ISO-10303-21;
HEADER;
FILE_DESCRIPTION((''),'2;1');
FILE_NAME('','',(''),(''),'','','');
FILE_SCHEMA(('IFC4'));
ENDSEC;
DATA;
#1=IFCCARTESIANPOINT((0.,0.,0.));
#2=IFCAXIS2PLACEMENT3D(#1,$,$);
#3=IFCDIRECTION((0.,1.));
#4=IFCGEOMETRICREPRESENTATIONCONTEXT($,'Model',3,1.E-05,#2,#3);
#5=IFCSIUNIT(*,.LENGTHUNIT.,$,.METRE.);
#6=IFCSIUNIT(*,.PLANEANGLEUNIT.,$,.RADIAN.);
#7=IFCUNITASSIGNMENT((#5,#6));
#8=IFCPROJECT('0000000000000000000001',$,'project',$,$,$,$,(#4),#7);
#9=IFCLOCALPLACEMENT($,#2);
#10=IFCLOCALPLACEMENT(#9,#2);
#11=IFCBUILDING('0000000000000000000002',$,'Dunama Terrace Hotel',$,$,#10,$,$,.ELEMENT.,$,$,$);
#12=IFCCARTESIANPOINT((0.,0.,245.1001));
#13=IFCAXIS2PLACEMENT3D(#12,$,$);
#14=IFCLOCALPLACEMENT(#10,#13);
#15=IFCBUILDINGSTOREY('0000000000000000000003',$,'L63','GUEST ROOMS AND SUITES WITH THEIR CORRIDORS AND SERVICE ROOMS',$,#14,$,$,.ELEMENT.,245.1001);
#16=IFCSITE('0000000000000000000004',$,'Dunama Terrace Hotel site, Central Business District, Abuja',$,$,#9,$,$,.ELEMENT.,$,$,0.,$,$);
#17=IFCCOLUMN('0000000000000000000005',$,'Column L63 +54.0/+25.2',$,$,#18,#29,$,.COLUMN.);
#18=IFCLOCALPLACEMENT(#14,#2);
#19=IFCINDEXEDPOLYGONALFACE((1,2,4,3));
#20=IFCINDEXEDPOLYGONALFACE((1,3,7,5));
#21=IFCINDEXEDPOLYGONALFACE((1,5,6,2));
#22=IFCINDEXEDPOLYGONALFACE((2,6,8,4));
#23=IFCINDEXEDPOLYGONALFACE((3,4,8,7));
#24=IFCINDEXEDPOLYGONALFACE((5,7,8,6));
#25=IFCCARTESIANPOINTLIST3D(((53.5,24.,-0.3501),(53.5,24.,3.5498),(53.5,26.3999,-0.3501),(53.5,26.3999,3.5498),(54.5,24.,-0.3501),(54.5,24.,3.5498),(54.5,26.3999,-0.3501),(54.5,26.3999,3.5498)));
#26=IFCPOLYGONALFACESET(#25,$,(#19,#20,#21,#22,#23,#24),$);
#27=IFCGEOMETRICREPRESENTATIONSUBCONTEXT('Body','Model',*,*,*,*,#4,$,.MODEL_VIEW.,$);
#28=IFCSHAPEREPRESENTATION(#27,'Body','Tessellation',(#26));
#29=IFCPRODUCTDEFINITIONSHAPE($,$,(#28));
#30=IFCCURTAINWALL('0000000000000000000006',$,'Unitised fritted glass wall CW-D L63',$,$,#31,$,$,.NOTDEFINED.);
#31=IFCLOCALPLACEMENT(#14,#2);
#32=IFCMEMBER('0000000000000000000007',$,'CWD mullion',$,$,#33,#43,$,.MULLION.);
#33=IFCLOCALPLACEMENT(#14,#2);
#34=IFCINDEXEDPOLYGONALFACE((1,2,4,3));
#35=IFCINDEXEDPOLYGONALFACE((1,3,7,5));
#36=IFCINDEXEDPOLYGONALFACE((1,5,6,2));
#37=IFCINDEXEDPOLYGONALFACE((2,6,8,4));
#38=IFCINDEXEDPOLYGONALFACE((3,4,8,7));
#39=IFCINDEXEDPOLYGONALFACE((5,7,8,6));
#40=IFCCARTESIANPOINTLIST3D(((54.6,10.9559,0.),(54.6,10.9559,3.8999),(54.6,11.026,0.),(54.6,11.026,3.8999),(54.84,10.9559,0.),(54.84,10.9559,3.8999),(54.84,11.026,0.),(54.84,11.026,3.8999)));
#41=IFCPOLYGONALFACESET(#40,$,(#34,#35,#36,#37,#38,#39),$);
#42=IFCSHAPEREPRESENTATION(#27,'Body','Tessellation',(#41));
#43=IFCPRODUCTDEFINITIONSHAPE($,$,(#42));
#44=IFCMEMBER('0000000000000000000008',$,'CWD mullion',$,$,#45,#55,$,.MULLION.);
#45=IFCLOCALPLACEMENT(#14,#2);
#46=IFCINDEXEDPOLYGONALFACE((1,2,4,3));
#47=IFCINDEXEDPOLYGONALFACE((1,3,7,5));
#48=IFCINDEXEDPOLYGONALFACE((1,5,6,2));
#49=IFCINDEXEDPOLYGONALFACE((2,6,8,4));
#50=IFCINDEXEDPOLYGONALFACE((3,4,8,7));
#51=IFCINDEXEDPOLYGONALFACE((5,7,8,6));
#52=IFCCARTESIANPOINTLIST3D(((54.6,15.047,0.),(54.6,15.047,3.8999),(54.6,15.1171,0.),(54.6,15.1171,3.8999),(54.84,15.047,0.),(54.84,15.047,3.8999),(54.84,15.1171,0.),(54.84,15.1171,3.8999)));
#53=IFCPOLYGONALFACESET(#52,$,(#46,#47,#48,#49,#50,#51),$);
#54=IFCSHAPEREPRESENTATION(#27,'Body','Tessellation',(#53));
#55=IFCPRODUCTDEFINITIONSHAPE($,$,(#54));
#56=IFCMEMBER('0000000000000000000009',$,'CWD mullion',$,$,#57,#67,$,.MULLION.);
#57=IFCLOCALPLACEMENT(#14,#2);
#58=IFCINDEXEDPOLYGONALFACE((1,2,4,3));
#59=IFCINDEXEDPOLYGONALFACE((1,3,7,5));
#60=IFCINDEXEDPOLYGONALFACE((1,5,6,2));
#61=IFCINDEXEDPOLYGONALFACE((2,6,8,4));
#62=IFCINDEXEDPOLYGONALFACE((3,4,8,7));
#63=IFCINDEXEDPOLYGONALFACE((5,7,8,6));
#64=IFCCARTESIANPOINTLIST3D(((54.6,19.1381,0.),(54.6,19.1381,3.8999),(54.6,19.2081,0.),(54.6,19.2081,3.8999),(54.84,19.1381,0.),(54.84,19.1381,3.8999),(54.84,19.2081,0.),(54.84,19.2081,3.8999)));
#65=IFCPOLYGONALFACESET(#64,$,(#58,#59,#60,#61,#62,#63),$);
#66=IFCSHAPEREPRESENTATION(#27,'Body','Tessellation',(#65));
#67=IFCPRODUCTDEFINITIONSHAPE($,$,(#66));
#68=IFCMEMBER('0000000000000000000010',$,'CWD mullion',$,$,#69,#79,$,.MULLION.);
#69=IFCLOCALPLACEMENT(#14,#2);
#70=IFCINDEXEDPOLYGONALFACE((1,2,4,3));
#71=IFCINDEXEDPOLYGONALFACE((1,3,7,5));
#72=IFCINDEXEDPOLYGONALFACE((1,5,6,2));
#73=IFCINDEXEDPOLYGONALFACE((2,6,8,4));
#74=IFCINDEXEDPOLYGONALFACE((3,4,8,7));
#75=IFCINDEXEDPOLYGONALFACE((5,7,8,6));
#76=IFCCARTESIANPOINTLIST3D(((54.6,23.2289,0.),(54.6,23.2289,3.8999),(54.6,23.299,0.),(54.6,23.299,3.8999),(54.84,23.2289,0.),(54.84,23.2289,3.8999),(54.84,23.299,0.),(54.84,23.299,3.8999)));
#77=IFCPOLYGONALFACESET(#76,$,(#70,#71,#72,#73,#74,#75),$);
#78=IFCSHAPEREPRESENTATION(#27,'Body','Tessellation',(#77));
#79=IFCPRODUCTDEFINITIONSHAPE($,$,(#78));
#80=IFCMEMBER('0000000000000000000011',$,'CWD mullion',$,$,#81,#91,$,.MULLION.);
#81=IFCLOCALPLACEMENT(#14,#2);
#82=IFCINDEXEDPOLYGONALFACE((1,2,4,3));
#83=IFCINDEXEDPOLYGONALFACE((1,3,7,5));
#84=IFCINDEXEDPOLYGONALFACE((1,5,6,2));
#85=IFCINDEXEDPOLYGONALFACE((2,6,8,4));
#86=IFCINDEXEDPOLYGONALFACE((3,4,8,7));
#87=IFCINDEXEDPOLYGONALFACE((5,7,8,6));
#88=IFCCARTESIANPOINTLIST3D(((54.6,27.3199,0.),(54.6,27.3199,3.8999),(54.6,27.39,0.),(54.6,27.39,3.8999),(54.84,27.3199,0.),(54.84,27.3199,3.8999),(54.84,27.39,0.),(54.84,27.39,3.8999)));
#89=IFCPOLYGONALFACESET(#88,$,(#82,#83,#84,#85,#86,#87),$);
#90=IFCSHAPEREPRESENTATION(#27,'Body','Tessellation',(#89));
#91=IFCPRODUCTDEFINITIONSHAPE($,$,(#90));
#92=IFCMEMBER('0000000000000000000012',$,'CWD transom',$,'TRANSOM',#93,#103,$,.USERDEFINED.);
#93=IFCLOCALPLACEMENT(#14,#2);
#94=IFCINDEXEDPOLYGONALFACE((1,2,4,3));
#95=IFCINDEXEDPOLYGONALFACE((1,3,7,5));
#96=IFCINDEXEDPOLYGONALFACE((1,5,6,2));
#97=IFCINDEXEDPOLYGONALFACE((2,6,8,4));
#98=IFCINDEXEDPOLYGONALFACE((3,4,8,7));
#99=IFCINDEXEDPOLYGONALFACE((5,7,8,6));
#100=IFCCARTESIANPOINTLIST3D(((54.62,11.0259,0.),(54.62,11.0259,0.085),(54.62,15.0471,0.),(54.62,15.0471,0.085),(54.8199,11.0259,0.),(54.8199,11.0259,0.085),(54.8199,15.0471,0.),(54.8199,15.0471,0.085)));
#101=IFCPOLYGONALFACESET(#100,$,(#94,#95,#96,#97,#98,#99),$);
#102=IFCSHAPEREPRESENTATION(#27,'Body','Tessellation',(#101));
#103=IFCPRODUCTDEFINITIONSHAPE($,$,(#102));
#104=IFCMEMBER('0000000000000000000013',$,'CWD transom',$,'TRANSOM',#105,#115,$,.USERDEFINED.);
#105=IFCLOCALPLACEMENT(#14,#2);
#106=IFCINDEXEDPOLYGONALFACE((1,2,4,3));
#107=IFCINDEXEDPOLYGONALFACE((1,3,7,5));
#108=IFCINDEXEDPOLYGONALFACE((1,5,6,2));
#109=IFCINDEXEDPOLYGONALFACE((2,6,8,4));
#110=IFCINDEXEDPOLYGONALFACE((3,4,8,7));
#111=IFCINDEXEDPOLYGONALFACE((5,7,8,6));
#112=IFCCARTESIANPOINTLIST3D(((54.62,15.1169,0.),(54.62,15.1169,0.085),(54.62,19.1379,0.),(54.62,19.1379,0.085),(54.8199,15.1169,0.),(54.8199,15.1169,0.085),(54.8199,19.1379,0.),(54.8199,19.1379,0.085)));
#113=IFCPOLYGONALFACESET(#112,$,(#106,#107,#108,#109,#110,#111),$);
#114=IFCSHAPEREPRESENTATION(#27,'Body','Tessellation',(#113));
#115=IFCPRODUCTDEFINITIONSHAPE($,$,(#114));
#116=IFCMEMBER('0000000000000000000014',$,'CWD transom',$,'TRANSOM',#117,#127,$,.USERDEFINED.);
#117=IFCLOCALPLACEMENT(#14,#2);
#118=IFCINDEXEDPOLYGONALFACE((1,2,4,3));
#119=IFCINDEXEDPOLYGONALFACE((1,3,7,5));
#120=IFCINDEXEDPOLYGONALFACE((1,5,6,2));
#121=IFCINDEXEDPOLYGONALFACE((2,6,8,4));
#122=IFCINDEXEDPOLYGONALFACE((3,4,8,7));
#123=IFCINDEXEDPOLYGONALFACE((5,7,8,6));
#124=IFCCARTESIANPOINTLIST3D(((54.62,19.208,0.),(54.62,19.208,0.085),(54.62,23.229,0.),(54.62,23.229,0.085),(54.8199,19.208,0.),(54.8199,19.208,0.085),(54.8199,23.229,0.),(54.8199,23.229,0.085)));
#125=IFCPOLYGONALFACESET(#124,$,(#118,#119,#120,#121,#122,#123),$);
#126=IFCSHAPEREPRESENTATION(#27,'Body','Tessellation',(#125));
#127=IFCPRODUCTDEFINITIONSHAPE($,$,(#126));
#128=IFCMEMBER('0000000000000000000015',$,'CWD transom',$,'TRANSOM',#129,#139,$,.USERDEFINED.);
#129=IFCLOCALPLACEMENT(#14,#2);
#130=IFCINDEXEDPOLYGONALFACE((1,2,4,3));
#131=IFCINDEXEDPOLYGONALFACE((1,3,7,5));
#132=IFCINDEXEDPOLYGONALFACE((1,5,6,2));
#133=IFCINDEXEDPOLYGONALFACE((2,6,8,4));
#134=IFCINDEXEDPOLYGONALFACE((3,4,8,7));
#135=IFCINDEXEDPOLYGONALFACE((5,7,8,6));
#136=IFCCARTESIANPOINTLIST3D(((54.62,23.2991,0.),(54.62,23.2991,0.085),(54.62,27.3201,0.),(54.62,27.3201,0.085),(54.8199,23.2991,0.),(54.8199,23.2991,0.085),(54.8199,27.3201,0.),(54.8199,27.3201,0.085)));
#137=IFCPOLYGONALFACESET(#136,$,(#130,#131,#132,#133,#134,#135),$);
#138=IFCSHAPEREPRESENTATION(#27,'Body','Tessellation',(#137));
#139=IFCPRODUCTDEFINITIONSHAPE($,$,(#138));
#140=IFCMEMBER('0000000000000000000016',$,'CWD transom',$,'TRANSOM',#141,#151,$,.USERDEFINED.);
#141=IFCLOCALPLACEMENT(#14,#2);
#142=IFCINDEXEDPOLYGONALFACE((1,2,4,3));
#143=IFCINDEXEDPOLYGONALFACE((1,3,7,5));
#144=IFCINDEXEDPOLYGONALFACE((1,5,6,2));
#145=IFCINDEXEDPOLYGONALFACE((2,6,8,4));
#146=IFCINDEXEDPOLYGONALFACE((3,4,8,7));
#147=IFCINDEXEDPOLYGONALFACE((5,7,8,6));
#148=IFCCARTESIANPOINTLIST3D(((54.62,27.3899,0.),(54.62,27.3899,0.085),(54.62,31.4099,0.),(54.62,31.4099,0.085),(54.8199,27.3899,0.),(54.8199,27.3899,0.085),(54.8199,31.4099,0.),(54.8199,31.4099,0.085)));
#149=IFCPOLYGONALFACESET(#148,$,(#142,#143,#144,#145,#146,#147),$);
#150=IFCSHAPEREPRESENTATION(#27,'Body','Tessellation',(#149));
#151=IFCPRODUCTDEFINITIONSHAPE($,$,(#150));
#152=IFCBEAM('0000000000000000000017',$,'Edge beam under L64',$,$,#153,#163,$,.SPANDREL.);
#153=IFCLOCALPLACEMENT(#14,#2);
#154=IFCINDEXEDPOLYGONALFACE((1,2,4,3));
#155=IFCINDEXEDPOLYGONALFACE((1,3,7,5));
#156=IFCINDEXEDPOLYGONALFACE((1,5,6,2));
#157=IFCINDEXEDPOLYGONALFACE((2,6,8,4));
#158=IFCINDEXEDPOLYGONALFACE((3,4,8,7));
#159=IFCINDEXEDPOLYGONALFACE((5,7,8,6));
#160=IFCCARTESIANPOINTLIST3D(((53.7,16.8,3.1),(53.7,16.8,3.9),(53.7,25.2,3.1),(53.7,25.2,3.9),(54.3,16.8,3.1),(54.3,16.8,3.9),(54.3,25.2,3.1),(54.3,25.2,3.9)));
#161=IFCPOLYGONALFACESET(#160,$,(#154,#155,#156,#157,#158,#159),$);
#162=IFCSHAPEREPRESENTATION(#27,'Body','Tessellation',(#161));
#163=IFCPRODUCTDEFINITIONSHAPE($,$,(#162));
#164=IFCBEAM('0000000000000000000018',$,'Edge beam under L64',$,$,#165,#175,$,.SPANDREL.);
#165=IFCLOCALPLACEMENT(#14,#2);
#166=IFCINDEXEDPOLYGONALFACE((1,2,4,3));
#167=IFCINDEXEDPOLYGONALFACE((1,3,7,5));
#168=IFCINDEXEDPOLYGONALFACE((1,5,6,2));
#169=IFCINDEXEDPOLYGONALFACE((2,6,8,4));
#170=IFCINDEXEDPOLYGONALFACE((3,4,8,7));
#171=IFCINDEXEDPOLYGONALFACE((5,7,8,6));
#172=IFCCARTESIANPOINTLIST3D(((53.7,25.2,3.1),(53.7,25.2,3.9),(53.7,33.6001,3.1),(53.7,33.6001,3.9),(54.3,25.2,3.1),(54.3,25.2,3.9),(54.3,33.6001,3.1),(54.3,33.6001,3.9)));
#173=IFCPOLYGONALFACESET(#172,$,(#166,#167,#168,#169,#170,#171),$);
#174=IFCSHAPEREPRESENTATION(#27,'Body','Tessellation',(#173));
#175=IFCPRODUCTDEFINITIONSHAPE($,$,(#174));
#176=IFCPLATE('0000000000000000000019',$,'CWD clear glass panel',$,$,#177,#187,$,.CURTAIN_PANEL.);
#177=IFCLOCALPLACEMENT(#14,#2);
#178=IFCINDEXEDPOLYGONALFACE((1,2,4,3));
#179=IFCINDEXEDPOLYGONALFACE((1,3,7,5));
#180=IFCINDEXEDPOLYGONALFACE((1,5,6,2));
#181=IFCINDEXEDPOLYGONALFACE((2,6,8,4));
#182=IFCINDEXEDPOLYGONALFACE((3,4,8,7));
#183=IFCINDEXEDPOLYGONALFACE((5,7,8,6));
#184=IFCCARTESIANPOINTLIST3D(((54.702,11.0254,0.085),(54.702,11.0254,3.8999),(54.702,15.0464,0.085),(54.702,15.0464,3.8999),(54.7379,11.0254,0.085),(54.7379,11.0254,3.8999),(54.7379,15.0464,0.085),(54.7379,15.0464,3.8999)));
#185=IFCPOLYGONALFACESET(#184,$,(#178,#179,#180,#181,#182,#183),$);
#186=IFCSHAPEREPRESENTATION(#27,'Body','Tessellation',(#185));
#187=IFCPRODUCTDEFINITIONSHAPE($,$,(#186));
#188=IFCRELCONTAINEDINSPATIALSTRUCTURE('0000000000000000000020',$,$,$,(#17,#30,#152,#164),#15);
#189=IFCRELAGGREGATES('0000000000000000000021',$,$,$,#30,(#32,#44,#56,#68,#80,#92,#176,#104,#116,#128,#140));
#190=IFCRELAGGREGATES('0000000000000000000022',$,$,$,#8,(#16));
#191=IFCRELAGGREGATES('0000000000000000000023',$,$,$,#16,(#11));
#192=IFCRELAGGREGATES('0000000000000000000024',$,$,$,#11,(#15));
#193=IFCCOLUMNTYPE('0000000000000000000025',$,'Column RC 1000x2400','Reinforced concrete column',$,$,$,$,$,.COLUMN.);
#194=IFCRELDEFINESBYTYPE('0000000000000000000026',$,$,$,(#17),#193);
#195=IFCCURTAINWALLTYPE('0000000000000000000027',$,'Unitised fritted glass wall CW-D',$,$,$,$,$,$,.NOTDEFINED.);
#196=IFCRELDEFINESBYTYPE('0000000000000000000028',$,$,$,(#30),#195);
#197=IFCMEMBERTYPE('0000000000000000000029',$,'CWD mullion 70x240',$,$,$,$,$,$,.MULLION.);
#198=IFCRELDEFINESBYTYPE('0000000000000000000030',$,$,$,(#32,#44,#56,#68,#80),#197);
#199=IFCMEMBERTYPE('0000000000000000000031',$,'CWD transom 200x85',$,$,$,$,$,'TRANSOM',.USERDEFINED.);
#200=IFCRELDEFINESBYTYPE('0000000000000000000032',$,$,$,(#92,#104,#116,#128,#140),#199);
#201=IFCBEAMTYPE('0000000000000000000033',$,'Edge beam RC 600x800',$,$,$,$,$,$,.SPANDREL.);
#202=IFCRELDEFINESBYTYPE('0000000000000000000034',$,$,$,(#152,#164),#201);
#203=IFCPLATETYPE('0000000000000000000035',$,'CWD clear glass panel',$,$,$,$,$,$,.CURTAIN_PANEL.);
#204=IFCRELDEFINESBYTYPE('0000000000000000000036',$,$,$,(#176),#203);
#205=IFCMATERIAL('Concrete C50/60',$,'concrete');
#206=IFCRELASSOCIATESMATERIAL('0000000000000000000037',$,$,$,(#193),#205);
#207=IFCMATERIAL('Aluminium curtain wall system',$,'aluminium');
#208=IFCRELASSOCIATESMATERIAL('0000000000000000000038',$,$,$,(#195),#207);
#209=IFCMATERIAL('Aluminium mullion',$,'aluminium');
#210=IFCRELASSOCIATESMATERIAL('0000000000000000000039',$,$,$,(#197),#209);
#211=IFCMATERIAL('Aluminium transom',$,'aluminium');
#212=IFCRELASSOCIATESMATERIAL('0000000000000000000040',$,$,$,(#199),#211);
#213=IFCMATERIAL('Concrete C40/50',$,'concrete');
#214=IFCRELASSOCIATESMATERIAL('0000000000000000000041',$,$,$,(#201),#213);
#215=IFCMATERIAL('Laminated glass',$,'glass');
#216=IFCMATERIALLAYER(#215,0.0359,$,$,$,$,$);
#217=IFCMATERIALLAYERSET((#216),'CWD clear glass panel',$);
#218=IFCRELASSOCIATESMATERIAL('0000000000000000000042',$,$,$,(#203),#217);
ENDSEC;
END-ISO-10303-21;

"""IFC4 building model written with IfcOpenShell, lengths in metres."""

from ifc_helpers import new_model, si_unit, direction, frame, origin, origin_2d, place, context, subcontext, project, spatial, rectangle, extrude, material, layer, layer_set, material_profile, profile_set, type_object, element, aggregate, save


model = new_model("IFC4")

# Units and contexts
model_context = context("Model", 3, precision=1e-05, world=origin(), true_north=direction((0.0, 1.0)))
body_context = subcontext(model_context, "Body", "Model", "MODEL_VIEW")
ifc_project = project(units=[si_unit("LENGTHUNIT", "METRE"), si_unit("PLANEANGLEUNIT", "RADIAN")], contexts=[model_context])

# Site, building, storey
site_placement = place(None, origin())
site = spatial("IfcSite", under=ifc_project, at=site_placement, Name="Dunama Terrace Hotel site, Central Business District, Abuja", CompositionType="ELEMENT", RefElevation=0.0)
building_placement = place(site_placement, origin())
building = spatial("IfcBuilding", under=site, at=building_placement, Name="Dunama Terrace Hotel", CompositionType="ELEMENT")
storey_placement = place(building_placement, frame((0.0, 0.0, 245.1001)))
storey = spatial("IfcBuildingStorey", under=building, at=storey_placement, Name="L63", Description="GUEST ROOMS AND SUITES WITH THEIR CORRIDORS AND SERVICE ROOMS", CompositionType="ELEMENT", Elevation=245.1001)

# Column
ifc_material_1 = material(Name="Concrete C50/60", Category="concrete")
ifc_material_profile_1 = material_profile(ifc_material_1, rectangle(XDim=1.0, YDim=2.3999, at=origin_2d()), Name="RC 1000x2400")
ifc_profile_set_1 = profile_set([ifc_material_profile_1], Name="Concrete C50/60")
column_type = type_object("IfcColumnType", Name="Column RC 1000x2400", Description="Reinforced concrete column", PredefinedType="COLUMN", material=ifc_profile_set_1)
column_placement = place(storey_placement, frame((54.0, 25.2, -0.3501), z_axis=(0.0, 0.0, 1.0), x_axis=(1.0, 0.0, 0.0)))
element("IfcColumn", 1, at=column_placement, inside=storey, type_object=column_type, Name="Column L63 +54.0/+25.2", PredefinedType="COLUMN", context=body_context, shape_type="SweptSolid", body=[
    extrude(rectangle(XDim=1.0, YDim=2.3999, at=origin_2d()), origin(), (0.0, 0.0, 1.0), 3.8999),
])

# Curtain wall, members
ifc_material_2 = material(Name="Aluminium curtain wall system", Category="aluminium")
curtain_wall_type = type_object("IfcCurtainWallType", Name="Unitised fritted glass wall CW-D", PredefinedType="NOTDEFINED", material=ifc_material_2)
curtain_wall_placement = place(storey_placement, origin())
curtain_wall = element("IfcCurtainWall", 2, at=curtain_wall_placement, inside=storey, type_object=curtain_wall_type, Name="Unitised fritted glass wall CW-D L63", PredefinedType="NOTDEFINED")
ifc_material_3 = material(Name="Aluminium mullion", Category="aluminium")
ifc_material_profile_2 = material_profile(ifc_material_3, rectangle(XDim=0.0701, YDim=0.24, at=origin_2d()), Name="CWD MULLION 70X240")
ifc_profile_set_2 = profile_set([ifc_material_profile_2], Name="Aluminium mullion")
member_type_1 = type_object("IfcMemberType", Name="CWD mullion 70x240", PredefinedType="MULLION", material=ifc_profile_set_2)
member_1_placement = place(storey_placement, frame((54.72, 10.991, 0.0), z_axis=(0.0, 0.0, 1.0), x_axis=(0.0, 1.0, 0.0)))
member_1 = element("IfcMember", 3, at=member_1_placement, type_object=member_type_1, Name="CWD mullion", PredefinedType="MULLION", context=body_context, shape_type="SweptSolid", body=[
    extrude(rectangle(XDim=0.0701, YDim=0.24, at=origin_2d()), origin(), (0.0, 0.0, 1.0), 3.8999),
])
member_2_placement = place(storey_placement, frame((54.72, 15.082, 0.0), z_axis=(0.0, 0.0, 1.0), x_axis=(0.0, 1.0, 0.0)))
member_2 = element("IfcMember", 4, at=member_2_placement, type_object=member_type_1, Name="CWD mullion", PredefinedType="MULLION", context=body_context, shape_type="SweptSolid", body=[
    extrude(rectangle(XDim=0.0701, YDim=0.24, at=origin_2d()), origin(), (0.0, 0.0, 1.0), 3.8999),
])
member_3_placement = place(storey_placement, frame((54.72, 19.1731, 0.0), z_axis=(0.0, 0.0, 1.0), x_axis=(0.0, 1.0, 0.0)))
member_3 = element("IfcMember", 5, at=member_3_placement, type_object=member_type_1, Name="CWD mullion", PredefinedType="MULLION", context=body_context, shape_type="SweptSolid", body=[
    extrude(rectangle(XDim=0.0701, YDim=0.24, at=origin_2d()), origin(), (0.0, 0.0, 1.0), 3.8999),
])
member_4_placement = place(storey_placement, frame((54.72, 23.2639, 0.0), z_axis=(0.0, 0.0, 1.0), x_axis=(0.0, 1.0, 0.0)))
member_4 = element("IfcMember", 6, at=member_4_placement, type_object=member_type_1, Name="CWD mullion", PredefinedType="MULLION", context=body_context, shape_type="SweptSolid", body=[
    extrude(rectangle(XDim=0.0701, YDim=0.24, at=origin_2d()), origin(), (0.0, 0.0, 1.0), 3.8999),
])
member_5_placement = place(storey_placement, frame((54.72, 27.355, 0.0), z_axis=(0.0, 0.0, 1.0), x_axis=(0.0, 1.0, 0.0)))
member_5 = element("IfcMember", 7, at=member_5_placement, type_object=member_type_1, Name="CWD mullion", PredefinedType="MULLION", context=body_context, shape_type="SweptSolid", body=[
    extrude(rectangle(XDim=0.0701, YDim=0.24, at=origin_2d()), origin(), (0.0, 0.0, 1.0), 3.8999),
])
ifc_material_4 = material(Name="Aluminium transom", Category="aluminium")
ifc_material_profile_3 = material_profile(ifc_material_4, rectangle(XDim=0.2, YDim=0.085, at=origin_2d()), Name="CWD TRANSOM 200X85")
ifc_profile_set_3 = profile_set([ifc_material_profile_3], Name="Aluminium transom")
member_type_2 = type_object("IfcMemberType", Name="CWD transom 200x85", ElementType="TRANSOM", PredefinedType="USERDEFINED", material=ifc_profile_set_3)
member_6_placement = place(storey_placement, frame((54.72, 11.0259, 0.0425), z_axis=(0.0, 1.0, 0.0), x_axis=(-1.0, 0.0, 0.0)))
member_6 = element("IfcMember", 8, at=member_6_placement, type_object=member_type_2, Name="CWD transom", ObjectType="TRANSOM", PredefinedType="USERDEFINED", context=body_context, shape_type="SweptSolid", body=[
    extrude(rectangle(XDim=0.2, YDim=0.085, at=origin_2d()), origin(), (0.0, 0.0, 1.0), 4.0212),
])
member_7_placement = place(storey_placement, frame((54.72, 15.1169, 0.0425), z_axis=(0.0, 1.0, 0.0), x_axis=(-1.0, 0.0, 0.0)))
member_7 = element("IfcMember", 9, at=member_7_placement, type_object=member_type_2, Name="CWD transom", ObjectType="TRANSOM", PredefinedType="USERDEFINED", context=body_context, shape_type="SweptSolid", body=[
    extrude(rectangle(XDim=0.2, YDim=0.085, at=origin_2d()), origin(), (0.0, 0.0, 1.0), 4.021),
])
member_8_placement = place(storey_placement, frame((54.72, 19.208, 0.0425), z_axis=(0.0, 1.0, 0.0), x_axis=(-1.0, 0.0, 0.0)))
member_8 = element("IfcMember", 10, at=member_8_placement, type_object=member_type_2, Name="CWD transom", ObjectType="TRANSOM", PredefinedType="USERDEFINED", context=body_context, shape_type="SweptSolid", body=[
    extrude(rectangle(XDim=0.2, YDim=0.085, at=origin_2d()), origin(), (0.0, 0.0, 1.0), 4.021),
])
member_9_placement = place(storey_placement, frame((54.72, 23.2991, 0.0425), z_axis=(0.0, 1.0, 0.0), x_axis=(-1.0, 0.0, 0.0)))
member_9 = element("IfcMember", 11, at=member_9_placement, type_object=member_type_2, Name="CWD transom", ObjectType="TRANSOM", PredefinedType="USERDEFINED", context=body_context, shape_type="SweptSolid", body=[
    extrude(rectangle(XDim=0.2, YDim=0.085, at=origin_2d()), origin(), (0.0, 0.0, 1.0), 4.021),
])
member_10_placement = place(storey_placement, frame((54.72, 27.3899, 0.0425), z_axis=(0.0, 1.0, 0.0), x_axis=(-1.0, 0.0, 0.0)))
member_10 = element("IfcMember", 12, at=member_10_placement, type_object=member_type_2, Name="CWD transom", ObjectType="TRANSOM", PredefinedType="USERDEFINED", context=body_context, shape_type="SweptSolid", body=[
    extrude(rectangle(XDim=0.2, YDim=0.085, at=origin_2d()), origin(), (0.0, 0.0, 1.0), 4.02),
])

# Beams
ifc_material_5 = material(Name="Concrete C40/50", Category="concrete")
ifc_material_profile_4 = material_profile(ifc_material_5, rectangle(XDim=0.6001, YDim=0.8, at=origin_2d()), Name="RC 600x800")
ifc_profile_set_4 = profile_set([ifc_material_profile_4], Name="Concrete C40/50")
beam_type = type_object("IfcBeamType", Name="Edge beam RC 600x800", PredefinedType="SPANDREL", material=ifc_profile_set_4)
beam_1_placement = place(storey_placement, frame((54.0, 16.8, 3.5), z_axis=(0.0, 1.0, 0.0), x_axis=(-1.0, 0.0, 0.0)))
element("IfcBeam", 13, at=beam_1_placement, inside=storey, type_object=beam_type, Name="Edge beam under L64", PredefinedType="SPANDREL", context=body_context, shape_type="SweptSolid", body=[
    extrude(rectangle(XDim=0.6001, YDim=0.8, at=origin_2d()), origin(), (0.0, 0.0, 1.0), 8.3999),
])
beam_2_placement = place(storey_placement, frame((54.0, 25.2, 3.5), z_axis=(0.0, 1.0, 0.0), x_axis=(-1.0, 0.0, 0.0)))
element("IfcBeam", 14, at=beam_2_placement, inside=storey, type_object=beam_type, Name="Edge beam under L64", PredefinedType="SPANDREL", context=body_context, shape_type="SweptSolid", body=[
    extrude(rectangle(XDim=0.6001, YDim=0.8, at=origin_2d()), origin(), (0.0, 0.0, 1.0), 8.4001),
])

# Plate
ifc_material_6 = material(Name="Laminated glass", Category="glass")
ifc_layer_1 = layer(ifc_material_6, 0.0359)
ifc_layer_set_1 = layer_set([ifc_layer_1], Name="CWD clear glass panel")
plate_type_1 = type_object("IfcPlateType", Name="CWD clear glass panel", PredefinedType="CURTAIN_PANEL", material=ifc_layer_set_1)
plate_1_placement = place(storey_placement, frame((54.72, 13.0359, 0.085), z_axis=(0.0, 0.0, 1.0), x_axis=(0.0, 1.0, 0.0)))
plate_1 = element("IfcPlate", 15, at=plate_1_placement, type_object=plate_type_1, Name="CWD clear glass panel", PredefinedType="CURTAIN_PANEL", context=body_context, shape_type="SweptSolid", body=[
    extrude(rectangle(XDim=4.021, YDim=0.0359, at=origin_2d()), origin(), (0.0, 0.0, 1.0), 3.8149),
])
aggregate(curtain_wall, [member_1, member_2, member_3, member_4, member_5, member_6, plate_1, member_7, member_8, member_9, member_10])

save(model, "model.ifc")
